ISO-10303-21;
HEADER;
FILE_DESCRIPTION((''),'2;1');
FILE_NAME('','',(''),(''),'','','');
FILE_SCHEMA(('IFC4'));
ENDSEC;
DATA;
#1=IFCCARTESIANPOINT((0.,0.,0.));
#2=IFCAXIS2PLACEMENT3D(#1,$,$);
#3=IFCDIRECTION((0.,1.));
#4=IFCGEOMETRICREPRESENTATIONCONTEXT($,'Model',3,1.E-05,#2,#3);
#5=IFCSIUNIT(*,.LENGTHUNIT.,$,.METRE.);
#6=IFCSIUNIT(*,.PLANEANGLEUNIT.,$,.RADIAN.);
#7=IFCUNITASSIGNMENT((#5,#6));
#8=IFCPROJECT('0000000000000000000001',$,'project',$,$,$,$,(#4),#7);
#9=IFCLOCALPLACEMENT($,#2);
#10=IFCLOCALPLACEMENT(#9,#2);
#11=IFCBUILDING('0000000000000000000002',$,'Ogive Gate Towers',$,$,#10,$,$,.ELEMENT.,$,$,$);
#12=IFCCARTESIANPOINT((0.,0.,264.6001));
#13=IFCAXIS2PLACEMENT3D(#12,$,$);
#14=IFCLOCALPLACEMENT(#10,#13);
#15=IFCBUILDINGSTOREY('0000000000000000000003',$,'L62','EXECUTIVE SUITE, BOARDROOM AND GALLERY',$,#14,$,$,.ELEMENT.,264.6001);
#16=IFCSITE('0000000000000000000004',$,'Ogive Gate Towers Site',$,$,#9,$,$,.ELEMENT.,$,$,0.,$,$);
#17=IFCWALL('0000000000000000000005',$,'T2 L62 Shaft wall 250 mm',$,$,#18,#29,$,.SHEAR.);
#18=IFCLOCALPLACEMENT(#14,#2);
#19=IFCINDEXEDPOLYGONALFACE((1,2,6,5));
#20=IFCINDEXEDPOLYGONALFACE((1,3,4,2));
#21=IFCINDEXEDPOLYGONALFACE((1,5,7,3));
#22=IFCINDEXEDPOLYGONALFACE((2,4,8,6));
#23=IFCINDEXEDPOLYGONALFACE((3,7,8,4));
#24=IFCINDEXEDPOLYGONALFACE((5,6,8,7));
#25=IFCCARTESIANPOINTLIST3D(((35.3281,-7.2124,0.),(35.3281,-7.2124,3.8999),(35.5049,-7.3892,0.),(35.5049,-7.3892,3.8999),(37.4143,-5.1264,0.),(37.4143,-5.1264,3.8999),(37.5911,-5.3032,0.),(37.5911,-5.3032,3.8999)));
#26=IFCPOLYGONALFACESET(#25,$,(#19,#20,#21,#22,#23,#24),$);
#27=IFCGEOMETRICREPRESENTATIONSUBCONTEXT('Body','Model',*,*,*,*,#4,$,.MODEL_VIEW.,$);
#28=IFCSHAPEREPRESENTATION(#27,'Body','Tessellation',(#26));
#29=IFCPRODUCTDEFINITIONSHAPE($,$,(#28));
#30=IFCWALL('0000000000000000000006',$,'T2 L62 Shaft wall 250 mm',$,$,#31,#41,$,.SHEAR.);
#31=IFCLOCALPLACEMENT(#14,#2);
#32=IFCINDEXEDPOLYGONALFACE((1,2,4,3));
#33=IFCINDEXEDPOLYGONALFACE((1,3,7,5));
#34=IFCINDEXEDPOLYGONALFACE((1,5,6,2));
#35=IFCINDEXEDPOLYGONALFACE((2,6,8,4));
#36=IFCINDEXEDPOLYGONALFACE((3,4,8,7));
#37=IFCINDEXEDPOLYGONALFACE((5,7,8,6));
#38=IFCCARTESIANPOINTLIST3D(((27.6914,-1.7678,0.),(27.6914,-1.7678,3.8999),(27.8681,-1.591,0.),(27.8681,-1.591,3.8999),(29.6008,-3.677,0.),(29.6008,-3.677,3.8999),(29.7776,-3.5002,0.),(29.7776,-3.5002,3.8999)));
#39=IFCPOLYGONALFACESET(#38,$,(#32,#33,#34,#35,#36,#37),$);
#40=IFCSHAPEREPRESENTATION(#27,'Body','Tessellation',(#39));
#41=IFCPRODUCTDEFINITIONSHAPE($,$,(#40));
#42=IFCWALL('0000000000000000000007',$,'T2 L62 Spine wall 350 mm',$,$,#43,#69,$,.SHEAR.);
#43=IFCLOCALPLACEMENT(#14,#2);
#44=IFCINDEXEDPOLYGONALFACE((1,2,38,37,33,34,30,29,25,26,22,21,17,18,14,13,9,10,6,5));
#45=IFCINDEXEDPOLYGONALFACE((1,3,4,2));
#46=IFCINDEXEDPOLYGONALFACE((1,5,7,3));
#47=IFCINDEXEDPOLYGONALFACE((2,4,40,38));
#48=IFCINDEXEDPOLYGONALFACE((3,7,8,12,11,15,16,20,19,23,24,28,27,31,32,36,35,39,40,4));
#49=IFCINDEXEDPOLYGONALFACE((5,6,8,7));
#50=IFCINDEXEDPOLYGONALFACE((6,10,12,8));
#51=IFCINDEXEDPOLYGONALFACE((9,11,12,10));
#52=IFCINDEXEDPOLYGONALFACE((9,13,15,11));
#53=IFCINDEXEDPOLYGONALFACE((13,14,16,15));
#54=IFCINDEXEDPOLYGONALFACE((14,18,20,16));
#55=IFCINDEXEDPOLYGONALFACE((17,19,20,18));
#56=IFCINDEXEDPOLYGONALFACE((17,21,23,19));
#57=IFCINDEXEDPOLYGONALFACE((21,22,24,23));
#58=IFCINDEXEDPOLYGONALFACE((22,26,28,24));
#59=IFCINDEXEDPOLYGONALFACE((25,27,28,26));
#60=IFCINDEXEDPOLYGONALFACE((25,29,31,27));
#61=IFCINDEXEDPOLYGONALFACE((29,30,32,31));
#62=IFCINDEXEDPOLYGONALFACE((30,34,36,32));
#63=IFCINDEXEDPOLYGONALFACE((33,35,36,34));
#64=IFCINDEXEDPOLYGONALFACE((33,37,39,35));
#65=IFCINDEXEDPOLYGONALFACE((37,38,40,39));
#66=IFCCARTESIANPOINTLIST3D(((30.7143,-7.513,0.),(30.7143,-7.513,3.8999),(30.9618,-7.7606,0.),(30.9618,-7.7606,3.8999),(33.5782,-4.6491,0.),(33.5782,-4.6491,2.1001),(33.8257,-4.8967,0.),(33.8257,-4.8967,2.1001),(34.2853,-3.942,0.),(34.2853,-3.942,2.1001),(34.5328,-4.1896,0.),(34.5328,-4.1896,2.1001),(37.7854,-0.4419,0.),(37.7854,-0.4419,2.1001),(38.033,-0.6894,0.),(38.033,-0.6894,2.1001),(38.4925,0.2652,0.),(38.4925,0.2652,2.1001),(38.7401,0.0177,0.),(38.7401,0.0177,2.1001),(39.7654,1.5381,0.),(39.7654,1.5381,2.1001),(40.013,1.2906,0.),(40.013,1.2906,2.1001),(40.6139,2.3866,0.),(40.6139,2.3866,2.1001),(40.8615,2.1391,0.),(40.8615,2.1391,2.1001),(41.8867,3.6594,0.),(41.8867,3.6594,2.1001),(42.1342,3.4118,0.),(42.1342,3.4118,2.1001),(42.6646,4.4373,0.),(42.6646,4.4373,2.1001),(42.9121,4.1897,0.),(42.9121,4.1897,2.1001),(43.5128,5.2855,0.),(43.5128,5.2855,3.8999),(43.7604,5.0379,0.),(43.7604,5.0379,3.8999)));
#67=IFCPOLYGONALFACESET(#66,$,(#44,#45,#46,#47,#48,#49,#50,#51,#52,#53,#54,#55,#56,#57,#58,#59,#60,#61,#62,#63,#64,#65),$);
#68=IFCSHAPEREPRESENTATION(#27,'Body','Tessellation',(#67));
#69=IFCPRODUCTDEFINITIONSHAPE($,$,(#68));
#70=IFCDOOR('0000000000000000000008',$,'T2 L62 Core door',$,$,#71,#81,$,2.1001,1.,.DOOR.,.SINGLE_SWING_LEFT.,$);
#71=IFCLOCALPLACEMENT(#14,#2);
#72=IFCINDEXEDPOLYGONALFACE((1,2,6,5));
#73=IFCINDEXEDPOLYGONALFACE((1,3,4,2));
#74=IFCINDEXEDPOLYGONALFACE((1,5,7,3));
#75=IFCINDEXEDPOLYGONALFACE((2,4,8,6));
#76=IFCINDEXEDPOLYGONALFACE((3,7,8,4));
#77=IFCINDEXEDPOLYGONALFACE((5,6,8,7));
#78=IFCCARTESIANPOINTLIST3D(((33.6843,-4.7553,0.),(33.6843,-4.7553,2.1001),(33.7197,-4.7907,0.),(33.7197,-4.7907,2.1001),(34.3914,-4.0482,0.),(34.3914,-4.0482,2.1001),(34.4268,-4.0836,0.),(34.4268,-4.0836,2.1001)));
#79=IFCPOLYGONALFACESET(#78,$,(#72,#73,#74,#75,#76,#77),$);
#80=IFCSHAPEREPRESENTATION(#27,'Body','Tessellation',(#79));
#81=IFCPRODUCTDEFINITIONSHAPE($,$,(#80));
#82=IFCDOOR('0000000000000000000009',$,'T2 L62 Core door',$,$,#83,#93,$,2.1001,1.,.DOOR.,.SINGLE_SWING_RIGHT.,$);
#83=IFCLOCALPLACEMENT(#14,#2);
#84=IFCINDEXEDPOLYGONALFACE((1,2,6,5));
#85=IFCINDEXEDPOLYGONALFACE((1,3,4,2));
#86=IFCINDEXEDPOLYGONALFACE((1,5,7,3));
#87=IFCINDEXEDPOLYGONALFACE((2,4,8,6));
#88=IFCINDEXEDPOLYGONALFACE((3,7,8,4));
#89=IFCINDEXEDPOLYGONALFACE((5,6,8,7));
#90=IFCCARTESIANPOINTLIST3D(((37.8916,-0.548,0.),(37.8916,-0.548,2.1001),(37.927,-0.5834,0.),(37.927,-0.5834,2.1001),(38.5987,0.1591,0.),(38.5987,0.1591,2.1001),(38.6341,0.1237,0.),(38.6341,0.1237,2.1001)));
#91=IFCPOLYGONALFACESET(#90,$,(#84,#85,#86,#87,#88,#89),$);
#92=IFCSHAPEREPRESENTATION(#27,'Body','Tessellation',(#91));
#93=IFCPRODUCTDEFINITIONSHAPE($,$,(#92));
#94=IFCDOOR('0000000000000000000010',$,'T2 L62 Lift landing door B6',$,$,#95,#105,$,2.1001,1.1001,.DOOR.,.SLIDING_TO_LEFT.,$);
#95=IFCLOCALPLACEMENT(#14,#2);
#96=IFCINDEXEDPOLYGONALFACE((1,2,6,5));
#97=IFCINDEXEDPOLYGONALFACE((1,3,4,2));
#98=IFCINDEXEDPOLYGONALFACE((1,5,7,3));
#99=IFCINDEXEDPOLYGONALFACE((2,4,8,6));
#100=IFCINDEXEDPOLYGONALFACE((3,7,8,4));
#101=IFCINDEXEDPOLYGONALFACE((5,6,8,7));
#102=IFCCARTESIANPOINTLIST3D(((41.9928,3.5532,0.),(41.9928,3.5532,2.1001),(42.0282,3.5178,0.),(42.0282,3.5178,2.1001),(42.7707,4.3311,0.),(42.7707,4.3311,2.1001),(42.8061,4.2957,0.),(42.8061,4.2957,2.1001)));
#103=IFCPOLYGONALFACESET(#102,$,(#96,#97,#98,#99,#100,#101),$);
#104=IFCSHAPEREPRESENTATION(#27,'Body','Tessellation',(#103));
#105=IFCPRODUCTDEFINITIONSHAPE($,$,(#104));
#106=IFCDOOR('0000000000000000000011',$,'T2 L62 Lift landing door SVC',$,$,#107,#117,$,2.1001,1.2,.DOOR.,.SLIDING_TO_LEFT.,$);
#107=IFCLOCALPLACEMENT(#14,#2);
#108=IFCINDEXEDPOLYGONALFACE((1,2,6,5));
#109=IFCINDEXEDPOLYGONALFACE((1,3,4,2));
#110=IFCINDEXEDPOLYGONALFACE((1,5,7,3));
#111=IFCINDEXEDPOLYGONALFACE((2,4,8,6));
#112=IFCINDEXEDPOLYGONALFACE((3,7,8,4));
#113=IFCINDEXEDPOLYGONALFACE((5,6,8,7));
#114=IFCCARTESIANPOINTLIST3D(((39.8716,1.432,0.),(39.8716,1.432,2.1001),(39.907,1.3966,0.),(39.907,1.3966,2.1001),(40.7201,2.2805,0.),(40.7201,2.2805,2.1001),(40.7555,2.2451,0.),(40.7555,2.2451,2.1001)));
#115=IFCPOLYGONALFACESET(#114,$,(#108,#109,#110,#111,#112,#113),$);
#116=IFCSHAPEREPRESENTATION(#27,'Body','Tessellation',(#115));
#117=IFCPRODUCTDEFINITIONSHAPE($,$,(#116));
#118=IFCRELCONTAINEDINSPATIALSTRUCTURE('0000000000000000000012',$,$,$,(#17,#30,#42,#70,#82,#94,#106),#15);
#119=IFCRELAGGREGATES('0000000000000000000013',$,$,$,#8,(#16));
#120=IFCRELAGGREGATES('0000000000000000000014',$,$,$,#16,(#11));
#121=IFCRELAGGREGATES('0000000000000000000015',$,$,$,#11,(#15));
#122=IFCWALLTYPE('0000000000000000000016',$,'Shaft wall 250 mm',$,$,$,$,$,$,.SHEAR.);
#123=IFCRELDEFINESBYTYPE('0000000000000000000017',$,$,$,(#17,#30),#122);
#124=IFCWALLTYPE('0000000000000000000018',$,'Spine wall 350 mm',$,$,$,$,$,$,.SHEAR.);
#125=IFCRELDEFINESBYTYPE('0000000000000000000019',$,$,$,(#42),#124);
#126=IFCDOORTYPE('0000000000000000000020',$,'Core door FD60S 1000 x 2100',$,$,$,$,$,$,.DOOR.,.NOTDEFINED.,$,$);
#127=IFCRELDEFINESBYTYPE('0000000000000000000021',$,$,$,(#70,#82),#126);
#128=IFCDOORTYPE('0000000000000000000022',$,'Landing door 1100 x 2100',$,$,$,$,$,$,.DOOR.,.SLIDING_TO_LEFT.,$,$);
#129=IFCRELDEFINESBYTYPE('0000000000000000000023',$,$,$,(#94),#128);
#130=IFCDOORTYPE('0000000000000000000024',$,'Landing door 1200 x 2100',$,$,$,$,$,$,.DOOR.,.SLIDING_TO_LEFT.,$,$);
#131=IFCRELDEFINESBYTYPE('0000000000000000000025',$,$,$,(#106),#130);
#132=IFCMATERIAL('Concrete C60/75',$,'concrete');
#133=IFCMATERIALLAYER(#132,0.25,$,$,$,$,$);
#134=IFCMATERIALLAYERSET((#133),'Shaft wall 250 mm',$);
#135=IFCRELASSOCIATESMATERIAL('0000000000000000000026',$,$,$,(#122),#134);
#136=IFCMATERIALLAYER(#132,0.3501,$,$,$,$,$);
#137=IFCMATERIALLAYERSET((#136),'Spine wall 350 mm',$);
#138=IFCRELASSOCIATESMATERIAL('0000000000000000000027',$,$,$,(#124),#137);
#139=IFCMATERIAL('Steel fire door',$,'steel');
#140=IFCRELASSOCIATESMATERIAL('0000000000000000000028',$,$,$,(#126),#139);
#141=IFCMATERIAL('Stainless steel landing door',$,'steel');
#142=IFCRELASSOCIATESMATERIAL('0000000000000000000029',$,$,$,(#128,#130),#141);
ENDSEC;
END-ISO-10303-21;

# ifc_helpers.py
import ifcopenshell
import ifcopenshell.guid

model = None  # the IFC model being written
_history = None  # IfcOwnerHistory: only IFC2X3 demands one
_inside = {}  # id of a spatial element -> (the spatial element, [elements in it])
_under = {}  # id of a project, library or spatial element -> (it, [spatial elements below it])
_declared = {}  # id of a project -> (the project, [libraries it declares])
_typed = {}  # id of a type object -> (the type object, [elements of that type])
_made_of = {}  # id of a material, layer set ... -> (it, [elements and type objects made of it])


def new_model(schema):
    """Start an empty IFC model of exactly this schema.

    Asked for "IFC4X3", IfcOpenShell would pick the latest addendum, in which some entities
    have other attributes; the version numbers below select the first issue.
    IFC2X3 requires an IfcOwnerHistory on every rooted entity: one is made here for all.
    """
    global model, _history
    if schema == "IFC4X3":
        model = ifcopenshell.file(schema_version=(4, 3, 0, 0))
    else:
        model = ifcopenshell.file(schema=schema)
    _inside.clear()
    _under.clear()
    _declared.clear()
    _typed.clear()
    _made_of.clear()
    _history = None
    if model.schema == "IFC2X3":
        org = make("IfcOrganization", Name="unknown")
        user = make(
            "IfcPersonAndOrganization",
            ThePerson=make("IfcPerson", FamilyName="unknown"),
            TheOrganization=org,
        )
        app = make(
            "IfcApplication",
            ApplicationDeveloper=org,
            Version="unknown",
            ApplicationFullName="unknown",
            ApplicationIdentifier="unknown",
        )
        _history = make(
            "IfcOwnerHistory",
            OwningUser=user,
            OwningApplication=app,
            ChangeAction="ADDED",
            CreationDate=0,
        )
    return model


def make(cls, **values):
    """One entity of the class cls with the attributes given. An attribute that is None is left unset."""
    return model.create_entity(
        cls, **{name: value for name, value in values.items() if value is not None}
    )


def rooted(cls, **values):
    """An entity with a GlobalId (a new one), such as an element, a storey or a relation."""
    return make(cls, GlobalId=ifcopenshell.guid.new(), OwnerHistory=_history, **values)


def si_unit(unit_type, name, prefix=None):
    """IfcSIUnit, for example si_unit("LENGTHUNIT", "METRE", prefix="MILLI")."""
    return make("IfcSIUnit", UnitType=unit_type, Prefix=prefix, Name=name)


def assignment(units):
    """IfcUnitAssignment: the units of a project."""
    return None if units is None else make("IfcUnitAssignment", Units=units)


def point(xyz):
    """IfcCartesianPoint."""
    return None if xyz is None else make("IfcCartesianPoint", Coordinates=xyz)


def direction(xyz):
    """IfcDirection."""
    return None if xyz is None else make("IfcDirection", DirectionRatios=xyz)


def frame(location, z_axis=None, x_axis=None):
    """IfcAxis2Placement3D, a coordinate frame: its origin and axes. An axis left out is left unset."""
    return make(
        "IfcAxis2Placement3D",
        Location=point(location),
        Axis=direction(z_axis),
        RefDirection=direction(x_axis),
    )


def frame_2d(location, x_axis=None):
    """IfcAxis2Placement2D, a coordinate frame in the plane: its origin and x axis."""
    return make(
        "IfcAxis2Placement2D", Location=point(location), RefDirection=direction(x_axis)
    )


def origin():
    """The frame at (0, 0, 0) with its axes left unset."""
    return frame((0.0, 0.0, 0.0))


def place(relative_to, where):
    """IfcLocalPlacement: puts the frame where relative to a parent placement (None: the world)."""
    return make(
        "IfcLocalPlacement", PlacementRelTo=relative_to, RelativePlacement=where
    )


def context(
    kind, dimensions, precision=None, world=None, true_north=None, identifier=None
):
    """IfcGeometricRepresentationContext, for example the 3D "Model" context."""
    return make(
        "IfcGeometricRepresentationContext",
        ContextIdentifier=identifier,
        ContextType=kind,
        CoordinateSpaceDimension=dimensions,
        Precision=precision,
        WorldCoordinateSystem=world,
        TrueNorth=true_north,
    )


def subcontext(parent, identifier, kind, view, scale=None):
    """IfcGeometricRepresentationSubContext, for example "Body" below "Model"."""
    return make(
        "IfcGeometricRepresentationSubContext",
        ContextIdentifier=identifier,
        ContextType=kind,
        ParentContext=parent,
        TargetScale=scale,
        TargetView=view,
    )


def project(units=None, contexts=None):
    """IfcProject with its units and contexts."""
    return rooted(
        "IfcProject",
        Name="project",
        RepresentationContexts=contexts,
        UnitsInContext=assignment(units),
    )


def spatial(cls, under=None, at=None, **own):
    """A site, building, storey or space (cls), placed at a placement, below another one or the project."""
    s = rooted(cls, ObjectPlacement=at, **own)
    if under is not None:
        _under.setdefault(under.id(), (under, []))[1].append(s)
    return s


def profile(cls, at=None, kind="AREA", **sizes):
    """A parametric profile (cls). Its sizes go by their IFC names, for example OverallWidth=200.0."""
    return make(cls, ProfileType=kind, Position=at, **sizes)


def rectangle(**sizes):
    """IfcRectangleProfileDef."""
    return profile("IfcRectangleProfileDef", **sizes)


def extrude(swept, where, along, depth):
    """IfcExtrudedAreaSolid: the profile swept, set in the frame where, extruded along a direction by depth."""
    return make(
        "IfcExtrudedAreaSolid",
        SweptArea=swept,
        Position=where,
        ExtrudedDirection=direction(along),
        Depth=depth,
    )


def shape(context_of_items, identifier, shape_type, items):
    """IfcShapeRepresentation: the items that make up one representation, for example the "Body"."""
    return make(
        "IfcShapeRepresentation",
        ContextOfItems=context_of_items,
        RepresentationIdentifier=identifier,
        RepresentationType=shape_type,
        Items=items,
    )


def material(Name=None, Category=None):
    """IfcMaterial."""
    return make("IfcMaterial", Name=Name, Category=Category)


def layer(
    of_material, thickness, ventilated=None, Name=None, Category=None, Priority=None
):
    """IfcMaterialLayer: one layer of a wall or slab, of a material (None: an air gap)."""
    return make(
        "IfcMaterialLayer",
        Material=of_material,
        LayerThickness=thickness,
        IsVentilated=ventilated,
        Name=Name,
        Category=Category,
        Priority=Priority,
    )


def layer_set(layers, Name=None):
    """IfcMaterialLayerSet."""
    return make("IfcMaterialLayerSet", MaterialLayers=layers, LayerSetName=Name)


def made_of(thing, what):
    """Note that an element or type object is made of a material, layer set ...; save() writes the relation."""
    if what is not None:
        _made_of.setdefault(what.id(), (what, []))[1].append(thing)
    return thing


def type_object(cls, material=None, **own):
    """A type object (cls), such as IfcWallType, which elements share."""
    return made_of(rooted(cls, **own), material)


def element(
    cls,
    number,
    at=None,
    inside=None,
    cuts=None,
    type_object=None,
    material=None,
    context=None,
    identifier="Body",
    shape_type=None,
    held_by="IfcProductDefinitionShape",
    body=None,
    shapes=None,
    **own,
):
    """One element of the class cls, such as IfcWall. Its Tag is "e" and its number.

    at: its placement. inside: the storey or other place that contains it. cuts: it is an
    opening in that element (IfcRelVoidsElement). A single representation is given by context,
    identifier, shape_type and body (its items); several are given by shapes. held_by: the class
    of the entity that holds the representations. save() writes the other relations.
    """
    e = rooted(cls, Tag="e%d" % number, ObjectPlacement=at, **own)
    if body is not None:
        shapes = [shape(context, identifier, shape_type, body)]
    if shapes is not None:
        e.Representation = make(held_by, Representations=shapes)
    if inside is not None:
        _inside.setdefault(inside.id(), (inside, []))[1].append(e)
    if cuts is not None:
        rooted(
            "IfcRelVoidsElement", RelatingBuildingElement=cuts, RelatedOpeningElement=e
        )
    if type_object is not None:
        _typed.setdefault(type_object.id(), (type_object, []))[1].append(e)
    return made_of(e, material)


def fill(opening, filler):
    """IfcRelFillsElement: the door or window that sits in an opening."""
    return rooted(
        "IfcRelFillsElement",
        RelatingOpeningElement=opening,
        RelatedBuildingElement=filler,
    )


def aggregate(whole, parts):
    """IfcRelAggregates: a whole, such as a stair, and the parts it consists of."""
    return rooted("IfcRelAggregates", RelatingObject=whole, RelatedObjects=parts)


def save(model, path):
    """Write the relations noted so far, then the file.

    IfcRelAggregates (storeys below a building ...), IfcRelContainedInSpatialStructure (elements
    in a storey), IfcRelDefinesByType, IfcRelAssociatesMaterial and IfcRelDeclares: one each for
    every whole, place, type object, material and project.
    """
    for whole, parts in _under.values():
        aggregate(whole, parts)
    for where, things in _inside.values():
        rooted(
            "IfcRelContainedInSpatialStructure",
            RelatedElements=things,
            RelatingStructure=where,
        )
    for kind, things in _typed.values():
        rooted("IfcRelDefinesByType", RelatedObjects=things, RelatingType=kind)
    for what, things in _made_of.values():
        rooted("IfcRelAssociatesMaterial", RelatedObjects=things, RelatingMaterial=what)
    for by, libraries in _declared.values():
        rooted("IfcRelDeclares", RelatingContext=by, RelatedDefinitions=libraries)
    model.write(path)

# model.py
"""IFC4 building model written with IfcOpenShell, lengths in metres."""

from ifc_helpers import new_model, si_unit, direction, frame, frame_2d, origin, place, context, subcontext, project, spatial, rectangle, extrude, material, layer, layer_set, type_object, element, fill, save


model = new_model("IFC4")

# Units and contexts
model_context = context("Model", 3, precision=1e-05, world=origin(), true_north=direction((0.0, 1.0)))
body_context = subcontext(model_context, "Body", "Model", "MODEL_VIEW")
ifc_project = project(units=[si_unit("LENGTHUNIT", "METRE"), si_unit("PLANEANGLEUNIT", "RADIAN")], contexts=[model_context])

# Site, building, storey
site_placement = place(None, origin())
site = spatial("IfcSite", under=ifc_project, at=site_placement, Name="Ogive Gate Towers Site", CompositionType="ELEMENT", RefElevation=0.0)
building_placement = place(site_placement, origin())
building = spatial("IfcBuilding", under=site, at=building_placement, Name="Ogive Gate Towers", CompositionType="ELEMENT")
storey_placement = place(building_placement, frame((0.0, 0.0, 264.6001)))
storey = spatial("IfcBuildingStorey", under=building, at=storey_placement, Name="L62", Description="EXECUTIVE SUITE, BOARDROOM AND GALLERY", CompositionType="ELEMENT", Elevation=264.6001)

# Shared definitions
ifc_material_1 = material(Name="Concrete C60/75", Category="concrete")
ifc_material_2 = material(Name="Steel fire door", Category="steel")

# Walls
ifc_layer_1 = layer(ifc_material_1, 0.25)
ifc_layer_set_1 = layer_set([ifc_layer_1], Name="Shaft wall 250 mm")
wall_type_1 = type_object("IfcWallType", Name="Shaft wall 250 mm", PredefinedType="SHEAR", material=ifc_layer_set_1)
wall_1_placement = place(storey_placement, frame((35.4165, -7.3008, 0.0), z_axis=(0.0, 0.0, 1.0), x_axis=(0.707148, 0.707065, 0.0)))
element("IfcWall", 1, at=wall_1_placement, inside=storey, type_object=wall_type_1, Name="T2 L62 Shaft wall 250 mm", PredefinedType="SHEAR", context=body_context, shape_type="SweptSolid", body=[
    extrude(rectangle(XDim=2.9502, YDim=0.25, at=frame_2d((1.4751, 0.0))), origin(), (0.0, 0.0, 1.0), 3.8999),
])
wall_2_placement = place(storey_placement, frame((29.6892, -3.5886, 0.0), z_axis=(0.0, 0.0, 1.0), x_axis=(-0.707152, 0.707062, 0.0)))
element("IfcWall", 2, at=wall_2_placement, inside=storey, type_object=wall_type_1, Name="T2 L62 Shaft wall 250 mm", PredefinedType="SHEAR", context=body_context, shape_type="SweptSolid", body=[
    extrude(rectangle(XDim=2.7002, YDim=0.25, at=frame_2d((1.3501, 0.0))), origin(), (0.0, 0.0, 1.0), 3.8999),
])

# Wall, openings, doors
ifc_layer_2 = layer(ifc_material_1, 0.3501)
ifc_layer_set_2 = layer_set([ifc_layer_2], Name="Spine wall 350 mm")
wall_type_2 = type_object("IfcWallType", Name="Spine wall 350 mm", PredefinedType="SHEAR", material=ifc_layer_set_2)
wall_3_placement = place(storey_placement, frame((30.8381, -7.6367, 0.0), z_axis=(0.0, 0.0, 1.0), x_axis=(0.707107, 0.707107, 0.0)))
wall_3 = element("IfcWall", 3, at=wall_3_placement, inside=storey, type_object=wall_type_2, Name="T2 L62 Spine wall 350 mm", PredefinedType="SHEAR", context=body_context, shape_type="SweptSolid", body=[
    extrude(rectangle(XDim=18.0999, YDim=0.3501, at=frame_2d((9.0498, 0.0))), origin(), (0.0, 0.0, 1.0), 3.8999),
])
opening_1_placement = place(wall_3_placement, frame((12.8, 0.0, 0.0)))
opening_1 = element("IfcOpeningElement", 4, at=opening_1_placement, cuts=wall_3, PredefinedType="OPENING", context=body_context, shape_type="SweptSolid", body=[
    extrude(rectangle(XDim=1.2, YDim=2.1001, at=frame_2d((0.6001, 1.05))), frame((0.0, 0.1851, 0.0), z_axis=(0.0, -1.0, 0.0), x_axis=(1.0, 0.0, 0.0)), (0.0, 0.0, 1.0), 0.3701),
])
opening_2_placement = place(wall_3_placement, frame((15.8, 0.0, 0.0)))
opening_2 = element("IfcOpeningElement", 5, at=opening_2_placement, cuts=wall_3, PredefinedType="OPENING", context=body_context, shape_type="SweptSolid", body=[
    extrude(rectangle(XDim=1.1001, YDim=2.1001, at=frame_2d((0.55, 1.05))), frame((0.0, 0.1851, 0.0), z_axis=(0.0, -1.0, 0.0), x_axis=(1.0, 0.0, 0.0)), (0.0, 0.0, 1.0), 0.3701),
])
opening_3_placement = place(wall_3_placement, frame((4.05, 0.0, 0.0)))
opening_3 = element("IfcOpeningElement", 6, at=opening_3_placement, cuts=wall_3, PredefinedType="OPENING", context=body_context, shape_type="SweptSolid", body=[
    extrude(rectangle(XDim=1.0, YDim=2.1001, at=frame_2d((0.5, 1.05))), frame((0.0, 0.1851, 0.0), z_axis=(0.0, -1.0, 0.0), x_axis=(1.0, 0.0, 0.0)), (0.0, 0.0, 1.0), 0.3701),
])
opening_4_placement = place(wall_3_placement, frame((10.0, 0.0, 0.0)))
opening_4 = element("IfcOpeningElement", 7, at=opening_4_placement, cuts=wall_3, PredefinedType="OPENING", context=body_context, shape_type="SweptSolid", body=[
    extrude(rectangle(XDim=1.0, YDim=2.1001, at=frame_2d((0.5, 1.05))), frame((0.0, 0.1851, 0.0), z_axis=(0.0, -1.0, 0.0), x_axis=(1.0, 0.0, 0.0)), (0.0, 0.0, 1.0), 0.3701),
])
door_type_1 = type_object("IfcDoorType", Name="Core door FD60S 1000 x 2100", OperationType="NOTDEFINED", PredefinedType="DOOR", material=ifc_material_2)
door_1_placement = place(opening_3_placement, origin())
door_1 = element("IfcDoor", 8, at=door_1_placement, inside=storey, type_object=door_type_1, Name="T2 L62 Core door", OperationType="SINGLE_SWING_LEFT", OverallHeight=2.1001, OverallWidth=1.0, PredefinedType="DOOR", context=body_context, shape_type="SweptSolid", body=[
    extrude(rectangle(XDim=1.0, YDim=2.1001, at=frame_2d((0.5, 1.05))), frame((0.0, 0.0249, 0.0), z_axis=(0.0, -1.0, 0.0), x_axis=(1.0, 0.0, 0.0)), (0.0, 0.0, 1.0), 0.05),
])
fill(opening_3, door_1)
door_2_placement = place(opening_4_placement, origin())
door_2 = element("IfcDoor", 9, at=door_2_placement, inside=storey, type_object=door_type_1, Name="T2 L62 Core door", OperationType="SINGLE_SWING_RIGHT", OverallHeight=2.1001, OverallWidth=1.0, PredefinedType="DOOR", context=body_context, shape_type="SweptSolid", body=[
    extrude(rectangle(XDim=1.0, YDim=2.1001, at=frame_2d((0.5, 1.05))), frame((0.0, 0.0249, 0.0), z_axis=(0.0, -1.0, 0.0), x_axis=(1.0, 0.0, 0.0)), (0.0, 0.0, 1.0), 0.05),
])
fill(opening_4, door_2)
ifc_material_3 = material(Name="Stainless steel landing door", Category="steel")
door_type_2 = type_object("IfcDoorType", Name="Landing door 1100 x 2100", OperationType="SLIDING_TO_LEFT", PredefinedType="DOOR", material=ifc_material_3)
door_3_placement = place(opening_2_placement, origin())
door_3 = element("IfcDoor", 10, at=door_3_placement, inside=storey, type_object=door_type_2, Name="T2 L62 Lift landing door B6", OperationType="SLIDING_TO_LEFT", OverallHeight=2.1001, OverallWidth=1.1001, PredefinedType="DOOR", context=body_context, shape_type="SweptSolid", body=[
    extrude(rectangle(XDim=1.1001, YDim=2.1001, at=frame_2d((0.55, 1.05))), frame((0.0, 0.0249, 0.0), z_axis=(0.0, -1.0, 0.0), x_axis=(1.0, 0.0, 0.0)), (0.0, 0.0, 1.0), 0.05),
])
fill(opening_2, door_3)
door_type_3 = type_object("IfcDoorType", Name="Landing door 1200 x 2100", OperationType="SLIDING_TO_LEFT", PredefinedType="DOOR", material=ifc_material_3)
door_4_placement = place(opening_1_placement, origin())
door_4 = element("IfcDoor", 11, at=door_4_placement, inside=storey, type_object=door_type_3, Name="T2 L62 Lift landing door SVC", OperationType="SLIDING_TO_LEFT", OverallHeight=2.1001, OverallWidth=1.2, PredefinedType="DOOR", context=body_context, shape_type="SweptSolid", body=[
    extrude(rectangle(XDim=1.2, YDim=2.1001, at=frame_2d((0.6001, 1.05))), frame((0.0, 0.0249, 0.0), z_axis=(0.0, -1.0, 0.0), x_axis=(1.0, 0.0, 0.0)), (0.0, 0.0, 1.0), 0.05),
])
fill(opening_1, door_4)

save(model, "model.ifc")
